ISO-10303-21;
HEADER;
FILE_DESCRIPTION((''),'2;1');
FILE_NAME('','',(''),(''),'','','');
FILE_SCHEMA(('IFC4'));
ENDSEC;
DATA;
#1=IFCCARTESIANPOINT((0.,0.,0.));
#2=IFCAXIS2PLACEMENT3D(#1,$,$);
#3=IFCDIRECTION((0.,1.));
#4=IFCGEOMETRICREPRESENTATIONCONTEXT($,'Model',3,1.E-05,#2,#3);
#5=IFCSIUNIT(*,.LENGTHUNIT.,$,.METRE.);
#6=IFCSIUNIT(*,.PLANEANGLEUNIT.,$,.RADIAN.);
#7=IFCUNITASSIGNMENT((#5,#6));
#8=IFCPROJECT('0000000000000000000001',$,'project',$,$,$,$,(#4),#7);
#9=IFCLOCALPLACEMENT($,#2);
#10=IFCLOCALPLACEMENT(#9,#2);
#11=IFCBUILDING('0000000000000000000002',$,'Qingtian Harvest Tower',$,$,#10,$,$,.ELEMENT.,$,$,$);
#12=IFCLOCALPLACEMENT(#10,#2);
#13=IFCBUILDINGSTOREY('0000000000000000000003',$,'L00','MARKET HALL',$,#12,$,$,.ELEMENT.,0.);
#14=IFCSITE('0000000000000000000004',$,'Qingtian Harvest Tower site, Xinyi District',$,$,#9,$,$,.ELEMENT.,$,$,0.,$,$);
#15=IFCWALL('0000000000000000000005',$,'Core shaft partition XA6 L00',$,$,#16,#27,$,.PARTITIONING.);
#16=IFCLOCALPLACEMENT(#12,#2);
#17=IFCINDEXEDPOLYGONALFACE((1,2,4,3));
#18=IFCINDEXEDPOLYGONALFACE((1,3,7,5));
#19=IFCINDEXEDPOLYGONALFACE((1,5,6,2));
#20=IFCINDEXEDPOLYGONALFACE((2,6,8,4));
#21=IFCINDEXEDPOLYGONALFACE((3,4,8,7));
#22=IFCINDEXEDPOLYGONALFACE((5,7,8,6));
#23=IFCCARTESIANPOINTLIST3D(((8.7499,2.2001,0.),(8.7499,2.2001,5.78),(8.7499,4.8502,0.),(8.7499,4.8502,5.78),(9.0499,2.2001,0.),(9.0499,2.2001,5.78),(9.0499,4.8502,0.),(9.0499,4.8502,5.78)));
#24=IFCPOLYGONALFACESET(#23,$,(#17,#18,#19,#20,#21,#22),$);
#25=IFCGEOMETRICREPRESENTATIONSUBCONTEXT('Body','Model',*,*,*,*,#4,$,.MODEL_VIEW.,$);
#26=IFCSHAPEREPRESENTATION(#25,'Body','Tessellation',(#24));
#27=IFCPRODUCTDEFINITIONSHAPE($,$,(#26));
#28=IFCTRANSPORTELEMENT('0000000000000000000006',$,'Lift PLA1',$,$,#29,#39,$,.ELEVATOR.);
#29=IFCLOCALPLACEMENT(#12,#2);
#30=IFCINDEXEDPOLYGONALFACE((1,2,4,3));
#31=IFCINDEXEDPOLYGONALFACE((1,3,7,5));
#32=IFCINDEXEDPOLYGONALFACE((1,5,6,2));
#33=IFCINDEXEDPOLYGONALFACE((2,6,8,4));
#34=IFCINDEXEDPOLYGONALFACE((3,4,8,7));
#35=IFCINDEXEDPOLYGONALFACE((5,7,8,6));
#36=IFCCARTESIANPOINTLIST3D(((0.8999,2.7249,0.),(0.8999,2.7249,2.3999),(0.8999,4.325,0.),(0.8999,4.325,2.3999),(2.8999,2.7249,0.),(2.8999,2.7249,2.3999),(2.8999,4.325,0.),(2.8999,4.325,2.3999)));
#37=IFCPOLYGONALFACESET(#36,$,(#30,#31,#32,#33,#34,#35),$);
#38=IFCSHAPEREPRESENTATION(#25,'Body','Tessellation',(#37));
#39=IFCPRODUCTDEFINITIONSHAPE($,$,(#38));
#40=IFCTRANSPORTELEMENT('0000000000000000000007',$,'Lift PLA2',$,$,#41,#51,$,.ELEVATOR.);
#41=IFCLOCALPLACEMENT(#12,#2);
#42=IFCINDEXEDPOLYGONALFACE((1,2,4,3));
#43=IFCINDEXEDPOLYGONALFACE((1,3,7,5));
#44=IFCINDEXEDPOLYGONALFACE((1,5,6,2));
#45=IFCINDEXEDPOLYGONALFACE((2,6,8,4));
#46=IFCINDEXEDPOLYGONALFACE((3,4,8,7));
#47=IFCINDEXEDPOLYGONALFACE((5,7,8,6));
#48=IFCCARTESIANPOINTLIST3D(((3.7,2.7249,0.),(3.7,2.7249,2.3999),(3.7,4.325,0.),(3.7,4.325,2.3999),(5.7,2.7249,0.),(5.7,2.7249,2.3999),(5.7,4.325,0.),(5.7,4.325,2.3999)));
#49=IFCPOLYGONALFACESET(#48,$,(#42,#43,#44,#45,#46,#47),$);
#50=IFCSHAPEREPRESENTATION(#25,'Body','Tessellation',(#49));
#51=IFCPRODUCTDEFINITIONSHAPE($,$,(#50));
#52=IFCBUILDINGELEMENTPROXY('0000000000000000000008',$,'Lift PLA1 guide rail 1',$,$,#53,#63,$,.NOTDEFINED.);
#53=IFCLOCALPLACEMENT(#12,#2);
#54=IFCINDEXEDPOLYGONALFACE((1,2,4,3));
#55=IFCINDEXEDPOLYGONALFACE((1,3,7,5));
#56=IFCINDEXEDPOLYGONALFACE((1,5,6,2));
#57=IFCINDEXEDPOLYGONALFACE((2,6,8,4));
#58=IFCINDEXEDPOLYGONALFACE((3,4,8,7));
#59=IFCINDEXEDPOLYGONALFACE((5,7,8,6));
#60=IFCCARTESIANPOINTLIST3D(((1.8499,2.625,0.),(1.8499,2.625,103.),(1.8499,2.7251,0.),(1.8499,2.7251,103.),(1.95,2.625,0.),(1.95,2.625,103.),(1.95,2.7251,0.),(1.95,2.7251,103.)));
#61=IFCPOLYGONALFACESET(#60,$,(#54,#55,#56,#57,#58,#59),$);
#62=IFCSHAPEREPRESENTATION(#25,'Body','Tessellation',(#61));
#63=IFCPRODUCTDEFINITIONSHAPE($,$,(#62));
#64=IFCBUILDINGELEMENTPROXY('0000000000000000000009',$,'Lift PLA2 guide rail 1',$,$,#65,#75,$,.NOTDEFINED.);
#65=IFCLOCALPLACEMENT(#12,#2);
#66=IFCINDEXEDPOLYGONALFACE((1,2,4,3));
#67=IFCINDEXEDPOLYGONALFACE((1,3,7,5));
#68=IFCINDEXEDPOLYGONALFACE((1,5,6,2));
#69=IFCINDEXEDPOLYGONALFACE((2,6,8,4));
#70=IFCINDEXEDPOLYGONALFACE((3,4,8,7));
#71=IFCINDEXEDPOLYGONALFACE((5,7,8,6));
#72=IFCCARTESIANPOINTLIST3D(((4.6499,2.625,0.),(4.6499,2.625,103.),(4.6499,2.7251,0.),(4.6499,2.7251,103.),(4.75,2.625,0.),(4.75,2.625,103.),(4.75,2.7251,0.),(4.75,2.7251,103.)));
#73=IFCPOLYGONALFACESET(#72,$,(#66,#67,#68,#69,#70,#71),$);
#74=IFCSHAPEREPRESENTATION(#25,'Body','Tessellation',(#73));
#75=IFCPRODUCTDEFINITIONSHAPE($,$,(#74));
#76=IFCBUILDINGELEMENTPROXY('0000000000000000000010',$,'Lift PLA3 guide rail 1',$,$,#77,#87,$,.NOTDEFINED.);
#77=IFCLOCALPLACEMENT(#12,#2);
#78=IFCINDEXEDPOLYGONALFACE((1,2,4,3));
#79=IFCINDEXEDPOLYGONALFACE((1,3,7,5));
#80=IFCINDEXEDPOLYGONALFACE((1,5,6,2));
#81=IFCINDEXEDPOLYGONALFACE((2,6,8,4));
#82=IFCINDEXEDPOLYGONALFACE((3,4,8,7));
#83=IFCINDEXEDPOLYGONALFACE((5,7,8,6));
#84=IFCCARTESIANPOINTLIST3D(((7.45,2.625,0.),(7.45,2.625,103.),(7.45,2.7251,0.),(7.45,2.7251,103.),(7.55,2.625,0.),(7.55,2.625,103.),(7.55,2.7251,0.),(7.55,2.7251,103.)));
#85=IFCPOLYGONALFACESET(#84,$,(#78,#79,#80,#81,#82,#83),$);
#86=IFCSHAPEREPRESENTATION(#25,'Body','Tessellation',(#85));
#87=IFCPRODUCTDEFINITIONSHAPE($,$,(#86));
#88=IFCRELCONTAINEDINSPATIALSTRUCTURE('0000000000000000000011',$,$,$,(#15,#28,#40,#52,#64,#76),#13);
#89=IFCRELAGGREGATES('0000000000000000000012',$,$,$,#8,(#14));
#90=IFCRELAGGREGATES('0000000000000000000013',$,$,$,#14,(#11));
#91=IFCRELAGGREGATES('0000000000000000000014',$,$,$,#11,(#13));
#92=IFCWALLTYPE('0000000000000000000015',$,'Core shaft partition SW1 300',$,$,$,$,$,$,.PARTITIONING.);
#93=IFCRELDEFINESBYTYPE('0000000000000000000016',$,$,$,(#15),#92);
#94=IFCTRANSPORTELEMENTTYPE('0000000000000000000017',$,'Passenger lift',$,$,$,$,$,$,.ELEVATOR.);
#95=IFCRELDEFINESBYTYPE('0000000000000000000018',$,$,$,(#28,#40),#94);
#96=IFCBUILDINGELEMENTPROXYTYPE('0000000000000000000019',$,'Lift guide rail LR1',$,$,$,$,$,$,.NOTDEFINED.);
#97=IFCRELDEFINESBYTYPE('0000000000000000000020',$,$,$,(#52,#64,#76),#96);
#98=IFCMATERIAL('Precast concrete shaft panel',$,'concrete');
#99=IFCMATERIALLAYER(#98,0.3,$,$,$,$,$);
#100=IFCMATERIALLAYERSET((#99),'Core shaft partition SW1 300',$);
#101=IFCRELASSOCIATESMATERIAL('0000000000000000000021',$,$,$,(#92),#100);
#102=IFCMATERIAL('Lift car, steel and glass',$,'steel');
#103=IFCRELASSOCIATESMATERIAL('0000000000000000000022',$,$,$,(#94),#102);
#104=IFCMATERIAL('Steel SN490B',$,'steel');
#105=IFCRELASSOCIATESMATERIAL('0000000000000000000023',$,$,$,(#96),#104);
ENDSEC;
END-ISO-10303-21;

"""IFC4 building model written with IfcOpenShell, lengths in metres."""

from ifc_helpers import new_model, si_unit, direction, frame, frame_2d, origin, origin_2d, place, context, subcontext, project, spatial, rectangle, extrude, material, layer, layer_set, type_object, element, save


model = new_model("IFC4")

# Units and contexts
model_context = context("Model", 3, precision=1e-05, world=origin(), true_north=direction((0.0, 1.0)))
body_context = subcontext(model_context, "Body", "Model", "MODEL_VIEW")
ifc_project = project(units=[si_unit("LENGTHUNIT", "METRE"), si_unit("PLANEANGLEUNIT", "RADIAN")], contexts=[model_context])

# Site, building, storey
site_placement = place(None, origin())
site = spatial("IfcSite", under=ifc_project, at=site_placement, Name="Qingtian Harvest Tower site, Xinyi District", CompositionType="ELEMENT", RefElevation=0.0)
building_placement = place(site_placement, origin())
building = spatial("IfcBuilding", under=site, at=building_placement, Name="Qingtian Harvest Tower", CompositionType="ELEMENT")
storey_placement = place(building_placement, origin())
storey = spatial("IfcBuildingStorey", under=building, at=storey_placement, Name="L00", Description="MARKET HALL", CompositionType="ELEMENT", Elevation=0.0)

# Wall
ifc_material_1 = material(Name="Precast concrete shaft panel", Category="concrete")
ifc_layer_1 = layer(ifc_material_1, 0.3)
ifc_layer_set_1 = layer_set([ifc_layer_1], Name="Core shaft partition SW1 300")
wall_type = type_object("IfcWallType", Name="Core shaft partition SW1 300", PredefinedType="PARTITIONING", material=ifc_layer_set_1)
for number, where, z_axis, x_axis, name in (
    (1, (8.8999, 2.2, 0.0), (0.0, 0.0, 1.0), (0.0, 1.0, 0.0), "Core shaft partition XA6 L00"),
):
    element("IfcWall", number, at=place(storey_placement, frame(where, z_axis=z_axis, x_axis=x_axis)), inside=storey, type_object=wall_type, Name=name, PredefinedType="PARTITIONING", context=body_context, shape_type="SweptSolid", body=[
        extrude(rectangle(XDim=2.6501, YDim=0.3, at=frame_2d((1.3252, 0.0))), origin(), (0.0, 0.0, 1.0), 5.78),
    ])

# Transport elements
ifc_material_2 = material(Name="Lift car, steel and glass", Category="steel")
transport_element_type = type_object("IfcTransportElementType", Name="Passenger lift", PredefinedType="ELEVATOR", material=ifc_material_2)
for number, where, z_axis, x_axis, name in (
    (2, (1.8999, 3.5249, 0.0), (0.0, 0.0, 1.0), (1.0, 0.0, 0.0), "Lift PLA1"),
    (3, (4.7, 3.5249, 0.0), (0.0, 0.0, 1.0), (1.0, 0.0, 0.0), "Lift PLA2"),
):
    element("IfcTransportElement", number, at=place(storey_placement, frame(where, z_axis=z_axis, x_axis=x_axis)), inside=storey, type_object=transport_element_type, Name=name, PredefinedType="ELEVATOR", context=body_context, shape_type="SweptSolid", body=[
        extrude(rectangle(XDim=2.0, YDim=1.6001, at=origin_2d()), origin(), (0.0, 0.0, 1.0), 2.3999),
    ])

# Building element proxies
ifc_material_3 = material(Name="Steel SN490B", Category="steel")
building_element_proxy_type = type_object("IfcBuildingElementProxyType", Name="Lift guide rail LR1", PredefinedType="NOTDEFINED", material=ifc_material_3)
for number, where, z_axis, x_axis, name in (
    (4, (1.8999, 2.675, 0.0), (0.0, 0.0, 1.0), (1.0, 0.0, 0.0), "Lift PLA1 guide rail 1"),
    (5, (4.7, 2.675, 0.0), (0.0, 0.0, 1.0), (1.0, 0.0, 0.0), "Lift PLA2 guide rail 1"),
    (6, (7.5, 2.675, 0.0), (0.0, 0.0, 1.0), (1.0, 0.0, 0.0), "Lift PLA3 guide rail 1"),
):
    element("IfcBuildingElementProxy", number, at=place(storey_placement, frame(where, z_axis=z_axis, x_axis=x_axis)), inside=storey, type_object=building_element_proxy_type, Name=name, PredefinedType="NOTDEFINED", context=body_context, shape_type="SweptSolid", body=[
        extrude(rectangle(XDim=0.1001, YDim=0.1001, at=origin_2d()), origin(), (0.0, 0.0, 1.0), 103.0),
    ])

save(model, "model.ifc")
